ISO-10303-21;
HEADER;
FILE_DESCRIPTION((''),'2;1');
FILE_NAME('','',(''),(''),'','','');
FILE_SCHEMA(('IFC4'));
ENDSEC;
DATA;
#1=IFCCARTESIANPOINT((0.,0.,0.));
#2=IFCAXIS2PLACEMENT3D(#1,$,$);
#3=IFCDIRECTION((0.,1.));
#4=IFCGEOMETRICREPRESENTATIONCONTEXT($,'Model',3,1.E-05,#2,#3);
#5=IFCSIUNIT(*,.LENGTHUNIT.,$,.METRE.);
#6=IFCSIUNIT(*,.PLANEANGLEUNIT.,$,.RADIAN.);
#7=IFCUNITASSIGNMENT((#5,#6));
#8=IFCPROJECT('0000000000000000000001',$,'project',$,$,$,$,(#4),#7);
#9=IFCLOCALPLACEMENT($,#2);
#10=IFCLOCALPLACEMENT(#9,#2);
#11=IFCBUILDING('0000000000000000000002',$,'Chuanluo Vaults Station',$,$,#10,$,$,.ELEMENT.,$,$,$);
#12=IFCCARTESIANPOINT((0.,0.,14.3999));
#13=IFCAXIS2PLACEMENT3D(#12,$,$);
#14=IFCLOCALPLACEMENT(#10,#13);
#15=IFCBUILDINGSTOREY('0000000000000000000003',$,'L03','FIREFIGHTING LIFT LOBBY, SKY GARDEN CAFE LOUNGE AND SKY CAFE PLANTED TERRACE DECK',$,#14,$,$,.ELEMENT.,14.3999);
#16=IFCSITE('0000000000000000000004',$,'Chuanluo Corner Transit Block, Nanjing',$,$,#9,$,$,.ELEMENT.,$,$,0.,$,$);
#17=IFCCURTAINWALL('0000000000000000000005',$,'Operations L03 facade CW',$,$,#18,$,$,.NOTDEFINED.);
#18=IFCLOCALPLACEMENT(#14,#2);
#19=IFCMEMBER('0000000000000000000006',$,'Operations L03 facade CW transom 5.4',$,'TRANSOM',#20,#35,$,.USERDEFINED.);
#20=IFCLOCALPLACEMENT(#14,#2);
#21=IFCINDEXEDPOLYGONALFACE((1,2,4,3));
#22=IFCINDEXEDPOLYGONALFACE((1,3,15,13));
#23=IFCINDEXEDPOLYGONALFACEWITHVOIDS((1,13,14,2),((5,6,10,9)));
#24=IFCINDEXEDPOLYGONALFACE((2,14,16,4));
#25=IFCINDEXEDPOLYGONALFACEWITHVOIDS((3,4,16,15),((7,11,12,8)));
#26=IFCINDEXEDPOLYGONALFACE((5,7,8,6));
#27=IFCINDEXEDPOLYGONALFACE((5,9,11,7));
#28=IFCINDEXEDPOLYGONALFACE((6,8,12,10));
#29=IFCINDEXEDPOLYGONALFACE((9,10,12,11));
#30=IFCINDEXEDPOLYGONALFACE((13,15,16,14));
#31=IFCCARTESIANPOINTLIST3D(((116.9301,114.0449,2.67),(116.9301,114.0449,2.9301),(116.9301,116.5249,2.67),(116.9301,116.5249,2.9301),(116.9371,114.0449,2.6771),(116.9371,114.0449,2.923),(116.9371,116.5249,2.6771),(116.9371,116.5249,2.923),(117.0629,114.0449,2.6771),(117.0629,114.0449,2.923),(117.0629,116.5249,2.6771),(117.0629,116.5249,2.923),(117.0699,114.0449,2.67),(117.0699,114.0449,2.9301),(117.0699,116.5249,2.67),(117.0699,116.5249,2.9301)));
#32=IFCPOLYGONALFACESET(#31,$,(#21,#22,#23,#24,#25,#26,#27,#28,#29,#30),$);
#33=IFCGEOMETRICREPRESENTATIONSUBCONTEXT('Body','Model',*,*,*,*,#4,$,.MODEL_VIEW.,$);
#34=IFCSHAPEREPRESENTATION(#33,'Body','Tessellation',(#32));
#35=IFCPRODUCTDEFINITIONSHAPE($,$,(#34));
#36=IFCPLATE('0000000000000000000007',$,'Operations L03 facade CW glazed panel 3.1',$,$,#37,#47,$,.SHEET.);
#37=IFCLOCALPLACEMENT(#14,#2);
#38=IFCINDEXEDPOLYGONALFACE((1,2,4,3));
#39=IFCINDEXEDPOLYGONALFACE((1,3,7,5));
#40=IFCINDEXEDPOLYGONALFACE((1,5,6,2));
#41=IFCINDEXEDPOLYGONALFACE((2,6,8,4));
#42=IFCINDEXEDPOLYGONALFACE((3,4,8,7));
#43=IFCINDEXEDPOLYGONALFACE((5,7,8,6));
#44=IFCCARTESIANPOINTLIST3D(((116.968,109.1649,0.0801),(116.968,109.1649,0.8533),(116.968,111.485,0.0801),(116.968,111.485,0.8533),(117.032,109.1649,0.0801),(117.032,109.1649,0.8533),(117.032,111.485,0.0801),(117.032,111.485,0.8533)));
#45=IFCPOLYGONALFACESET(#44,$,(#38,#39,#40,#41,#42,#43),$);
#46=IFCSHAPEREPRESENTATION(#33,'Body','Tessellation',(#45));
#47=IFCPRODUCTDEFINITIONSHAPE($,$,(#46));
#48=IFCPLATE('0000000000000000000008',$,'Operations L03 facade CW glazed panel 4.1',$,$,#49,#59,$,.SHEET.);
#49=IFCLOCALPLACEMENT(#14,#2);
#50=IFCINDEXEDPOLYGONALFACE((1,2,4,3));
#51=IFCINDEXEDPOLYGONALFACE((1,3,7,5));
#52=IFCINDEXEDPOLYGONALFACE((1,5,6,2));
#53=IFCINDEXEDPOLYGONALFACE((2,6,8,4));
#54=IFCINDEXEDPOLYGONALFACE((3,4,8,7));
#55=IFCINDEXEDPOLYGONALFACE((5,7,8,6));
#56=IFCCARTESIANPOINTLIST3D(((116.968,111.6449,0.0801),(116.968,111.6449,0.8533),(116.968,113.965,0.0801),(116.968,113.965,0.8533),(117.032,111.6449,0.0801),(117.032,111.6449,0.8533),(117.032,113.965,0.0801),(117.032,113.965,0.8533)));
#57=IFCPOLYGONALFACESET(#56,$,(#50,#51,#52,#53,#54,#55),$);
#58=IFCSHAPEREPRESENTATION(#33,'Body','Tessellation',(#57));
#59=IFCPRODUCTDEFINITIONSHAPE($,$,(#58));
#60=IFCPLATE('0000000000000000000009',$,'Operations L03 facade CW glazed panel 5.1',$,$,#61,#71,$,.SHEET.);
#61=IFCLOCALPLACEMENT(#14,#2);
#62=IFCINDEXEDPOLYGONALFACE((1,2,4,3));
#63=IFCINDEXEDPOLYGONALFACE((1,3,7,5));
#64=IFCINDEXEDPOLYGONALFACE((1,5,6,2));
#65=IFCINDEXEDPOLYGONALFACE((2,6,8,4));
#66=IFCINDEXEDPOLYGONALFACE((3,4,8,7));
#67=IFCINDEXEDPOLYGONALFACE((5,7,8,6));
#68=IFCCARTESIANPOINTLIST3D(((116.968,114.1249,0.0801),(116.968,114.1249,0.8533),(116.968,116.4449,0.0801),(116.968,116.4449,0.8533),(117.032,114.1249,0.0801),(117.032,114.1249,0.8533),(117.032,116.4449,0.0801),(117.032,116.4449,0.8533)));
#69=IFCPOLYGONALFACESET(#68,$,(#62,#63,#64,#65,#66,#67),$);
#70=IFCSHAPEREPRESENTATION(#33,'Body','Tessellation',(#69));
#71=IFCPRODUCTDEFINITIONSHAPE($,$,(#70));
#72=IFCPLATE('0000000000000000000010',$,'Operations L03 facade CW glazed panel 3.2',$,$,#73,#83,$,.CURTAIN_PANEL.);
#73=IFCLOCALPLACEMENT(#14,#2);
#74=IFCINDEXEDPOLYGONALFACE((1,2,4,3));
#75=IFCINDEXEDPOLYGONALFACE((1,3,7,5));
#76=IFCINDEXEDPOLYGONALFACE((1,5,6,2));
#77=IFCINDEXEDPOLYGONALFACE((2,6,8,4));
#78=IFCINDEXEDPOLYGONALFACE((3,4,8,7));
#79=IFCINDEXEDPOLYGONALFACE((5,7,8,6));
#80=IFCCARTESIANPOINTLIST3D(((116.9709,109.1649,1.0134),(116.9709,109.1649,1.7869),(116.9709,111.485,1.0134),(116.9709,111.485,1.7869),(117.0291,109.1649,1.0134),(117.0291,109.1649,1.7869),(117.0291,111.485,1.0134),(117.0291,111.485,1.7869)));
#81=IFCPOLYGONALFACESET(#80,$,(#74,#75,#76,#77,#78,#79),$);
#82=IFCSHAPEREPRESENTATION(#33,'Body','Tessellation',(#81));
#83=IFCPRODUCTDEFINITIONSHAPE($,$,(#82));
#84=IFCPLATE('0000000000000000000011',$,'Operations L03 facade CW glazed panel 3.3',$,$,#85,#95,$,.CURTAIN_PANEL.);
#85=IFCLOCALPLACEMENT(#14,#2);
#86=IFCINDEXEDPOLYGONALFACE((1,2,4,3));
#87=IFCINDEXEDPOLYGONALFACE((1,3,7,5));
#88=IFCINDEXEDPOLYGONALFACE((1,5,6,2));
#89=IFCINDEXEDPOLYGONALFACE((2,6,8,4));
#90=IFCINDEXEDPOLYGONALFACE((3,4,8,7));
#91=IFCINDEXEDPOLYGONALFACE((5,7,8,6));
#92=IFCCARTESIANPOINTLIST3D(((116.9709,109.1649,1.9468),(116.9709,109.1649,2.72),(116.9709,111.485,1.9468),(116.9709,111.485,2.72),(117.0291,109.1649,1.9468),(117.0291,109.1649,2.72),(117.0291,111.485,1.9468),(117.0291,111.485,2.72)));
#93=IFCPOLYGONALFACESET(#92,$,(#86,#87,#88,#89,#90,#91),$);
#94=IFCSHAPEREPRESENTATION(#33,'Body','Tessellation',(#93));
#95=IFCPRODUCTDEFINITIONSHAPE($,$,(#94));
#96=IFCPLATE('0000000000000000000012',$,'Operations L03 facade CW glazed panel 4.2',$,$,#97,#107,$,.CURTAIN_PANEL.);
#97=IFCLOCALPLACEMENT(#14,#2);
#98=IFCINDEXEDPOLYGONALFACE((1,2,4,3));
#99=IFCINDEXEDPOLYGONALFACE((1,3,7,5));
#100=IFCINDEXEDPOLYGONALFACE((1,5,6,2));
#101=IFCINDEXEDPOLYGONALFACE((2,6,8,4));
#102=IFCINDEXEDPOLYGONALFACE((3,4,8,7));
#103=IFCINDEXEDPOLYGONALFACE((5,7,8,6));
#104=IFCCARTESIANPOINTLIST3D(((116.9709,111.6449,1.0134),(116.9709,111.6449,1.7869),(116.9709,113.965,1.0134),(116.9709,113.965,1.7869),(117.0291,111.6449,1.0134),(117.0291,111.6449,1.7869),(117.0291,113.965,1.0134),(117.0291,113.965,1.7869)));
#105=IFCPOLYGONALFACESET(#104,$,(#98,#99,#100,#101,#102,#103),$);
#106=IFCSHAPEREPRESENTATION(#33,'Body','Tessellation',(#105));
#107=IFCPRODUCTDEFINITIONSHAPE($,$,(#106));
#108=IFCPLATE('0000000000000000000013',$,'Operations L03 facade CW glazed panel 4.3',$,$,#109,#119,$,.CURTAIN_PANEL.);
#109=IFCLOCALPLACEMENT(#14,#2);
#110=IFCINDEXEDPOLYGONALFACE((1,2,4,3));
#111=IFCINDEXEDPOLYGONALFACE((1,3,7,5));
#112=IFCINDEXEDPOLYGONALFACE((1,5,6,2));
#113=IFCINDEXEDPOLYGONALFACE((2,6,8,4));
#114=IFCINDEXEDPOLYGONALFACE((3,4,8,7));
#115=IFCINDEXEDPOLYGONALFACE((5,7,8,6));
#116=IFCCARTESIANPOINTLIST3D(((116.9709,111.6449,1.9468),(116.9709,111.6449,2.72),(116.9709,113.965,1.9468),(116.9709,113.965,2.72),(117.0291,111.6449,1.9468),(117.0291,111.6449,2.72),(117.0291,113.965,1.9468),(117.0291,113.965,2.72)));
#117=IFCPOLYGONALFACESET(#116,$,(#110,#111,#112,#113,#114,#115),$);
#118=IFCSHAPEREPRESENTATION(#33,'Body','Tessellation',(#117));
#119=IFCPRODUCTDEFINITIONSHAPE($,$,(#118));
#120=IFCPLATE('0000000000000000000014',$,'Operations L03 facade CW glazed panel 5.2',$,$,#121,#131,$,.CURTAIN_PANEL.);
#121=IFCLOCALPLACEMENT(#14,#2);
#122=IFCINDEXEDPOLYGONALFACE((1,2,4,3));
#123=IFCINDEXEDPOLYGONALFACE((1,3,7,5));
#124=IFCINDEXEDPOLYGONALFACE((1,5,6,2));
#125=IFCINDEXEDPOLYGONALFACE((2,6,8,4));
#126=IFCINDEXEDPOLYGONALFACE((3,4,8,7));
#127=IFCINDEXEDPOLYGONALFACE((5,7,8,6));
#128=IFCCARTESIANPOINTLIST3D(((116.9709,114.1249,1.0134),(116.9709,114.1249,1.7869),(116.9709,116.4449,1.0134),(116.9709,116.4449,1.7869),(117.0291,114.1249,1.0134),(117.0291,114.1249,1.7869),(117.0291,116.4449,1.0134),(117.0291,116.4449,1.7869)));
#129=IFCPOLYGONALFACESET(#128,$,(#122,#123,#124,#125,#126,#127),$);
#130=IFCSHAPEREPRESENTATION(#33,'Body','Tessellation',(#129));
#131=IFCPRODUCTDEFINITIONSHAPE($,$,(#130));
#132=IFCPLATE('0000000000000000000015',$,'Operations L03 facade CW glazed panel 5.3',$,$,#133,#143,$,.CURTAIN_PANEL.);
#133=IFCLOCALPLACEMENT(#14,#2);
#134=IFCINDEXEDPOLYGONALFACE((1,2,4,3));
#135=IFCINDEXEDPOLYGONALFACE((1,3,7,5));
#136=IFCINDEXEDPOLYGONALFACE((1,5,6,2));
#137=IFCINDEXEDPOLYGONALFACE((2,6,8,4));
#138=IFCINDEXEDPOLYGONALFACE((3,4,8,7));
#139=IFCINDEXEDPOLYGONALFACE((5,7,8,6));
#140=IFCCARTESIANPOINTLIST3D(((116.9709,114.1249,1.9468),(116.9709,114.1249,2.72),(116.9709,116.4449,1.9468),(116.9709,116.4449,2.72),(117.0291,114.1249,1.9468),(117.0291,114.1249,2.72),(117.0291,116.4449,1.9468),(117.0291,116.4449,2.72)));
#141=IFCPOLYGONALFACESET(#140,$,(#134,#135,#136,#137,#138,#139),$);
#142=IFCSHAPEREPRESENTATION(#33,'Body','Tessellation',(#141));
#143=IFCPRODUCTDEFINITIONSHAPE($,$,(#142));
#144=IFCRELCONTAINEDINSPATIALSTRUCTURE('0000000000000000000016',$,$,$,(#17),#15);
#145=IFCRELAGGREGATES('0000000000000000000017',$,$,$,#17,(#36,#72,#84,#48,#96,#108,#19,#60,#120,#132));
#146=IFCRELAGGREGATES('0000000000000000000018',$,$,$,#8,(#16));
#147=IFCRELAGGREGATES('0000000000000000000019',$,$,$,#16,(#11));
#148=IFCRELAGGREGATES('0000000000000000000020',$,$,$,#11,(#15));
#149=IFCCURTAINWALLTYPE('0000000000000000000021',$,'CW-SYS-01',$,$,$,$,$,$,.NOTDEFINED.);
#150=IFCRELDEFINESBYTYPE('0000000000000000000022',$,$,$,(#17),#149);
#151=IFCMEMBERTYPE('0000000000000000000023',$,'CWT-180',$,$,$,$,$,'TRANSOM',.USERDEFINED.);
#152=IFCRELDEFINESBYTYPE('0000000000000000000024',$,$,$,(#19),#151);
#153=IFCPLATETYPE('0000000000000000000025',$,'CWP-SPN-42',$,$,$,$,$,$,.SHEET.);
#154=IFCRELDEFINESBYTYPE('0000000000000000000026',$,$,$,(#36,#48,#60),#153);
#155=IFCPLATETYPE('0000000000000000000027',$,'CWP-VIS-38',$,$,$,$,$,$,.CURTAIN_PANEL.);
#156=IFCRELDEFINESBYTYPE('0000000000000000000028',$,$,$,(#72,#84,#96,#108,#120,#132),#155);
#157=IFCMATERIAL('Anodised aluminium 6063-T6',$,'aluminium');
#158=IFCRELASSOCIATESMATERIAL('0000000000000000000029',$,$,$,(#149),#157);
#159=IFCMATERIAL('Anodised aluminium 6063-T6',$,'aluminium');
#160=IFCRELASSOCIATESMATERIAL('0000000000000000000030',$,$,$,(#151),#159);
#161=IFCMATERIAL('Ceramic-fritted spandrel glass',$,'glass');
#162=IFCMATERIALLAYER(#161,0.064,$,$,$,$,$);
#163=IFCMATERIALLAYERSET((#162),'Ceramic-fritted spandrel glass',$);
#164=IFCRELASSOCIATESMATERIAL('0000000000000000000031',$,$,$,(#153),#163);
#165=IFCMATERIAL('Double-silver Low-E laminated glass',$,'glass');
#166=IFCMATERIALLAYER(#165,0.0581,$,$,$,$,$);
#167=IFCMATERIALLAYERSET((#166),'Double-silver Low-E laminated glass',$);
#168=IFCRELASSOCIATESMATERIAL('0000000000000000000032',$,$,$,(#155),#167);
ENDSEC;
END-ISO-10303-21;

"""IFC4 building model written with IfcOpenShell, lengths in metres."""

from ifc_helpers import new_model, si_unit, direction, frame, origin, origin_2d, place, context, subcontext, project, spatial, rectangle, hollow_rectangle, extrude, material, layer, layer_set, material_profile, profile_set, type_object, element, aggregate, save


model = new_model("IFC4")

# Units and contexts
model_context = context("Model", 3, precision=1e-05, world=origin(), true_north=direction((0.0, 1.0)))
body_context = subcontext(model_context, "Body", "Model", "MODEL_VIEW")
ifc_project = project(units=[si_unit("LENGTHUNIT", "METRE"), si_unit("PLANEANGLEUNIT", "RADIAN")], contexts=[model_context])

# Site, building, storey
site_placement = place(None, origin())
site = spatial("IfcSite", under=ifc_project, at=site_placement, Name="Chuanluo Corner Transit Block, Nanjing", CompositionType="ELEMENT", RefElevation=0.0)
building_placement = place(site_placement, origin())
building = spatial("IfcBuilding", under=site, at=building_placement, Name="Chuanluo Vaults Station", CompositionType="ELEMENT")
storey_placement = place(building_placement, frame((0.0, 0.0, 14.3999)))
storey = spatial("IfcBuildingStorey", under=building, at=storey_placement, Name="L03", Description="FIREFIGHTING LIFT LOBBY, SKY GARDEN CAFE LOUNGE AND SKY CAFE PLANTED TERRACE DECK", CompositionType="ELEMENT", Elevation=14.3999)

# Curtain wall, member, plates
ifc_material_1 = material(Name="Anodised aluminium 6063-T6", Category="aluminium")
curtain_wall_type = type_object("IfcCurtainWallType", Name="CW-SYS-01", PredefinedType="NOTDEFINED", material=ifc_material_1)
curtain_wall_placement = place(storey_placement, origin())
curtain_wall = element("IfcCurtainWall", 1, at=curtain_wall_placement, inside=storey, type_object=curtain_wall_type, Name="Operations L03 facade CW", PredefinedType="NOTDEFINED")
ifc_material_2 = material(Name="Anodised aluminium 6063-T6", Category="aluminium")
ifc_material_profile_1 = material_profile(ifc_material_2, hollow_rectangle(XDim=0.1399, YDim=0.26, WallThickness=0.0071, at=origin_2d()))
ifc_profile_set_1 = profile_set([ifc_material_profile_1], Name="Anodised aluminium 6063-T6")
member_type_1 = type_object("IfcMemberType", Name="CWT-180", ElementType="TRANSOM", PredefinedType="USERDEFINED", material=ifc_profile_set_1)
member_1_placement = place(storey_placement, frame((117.0, 114.0449, 2.8), z_axis=(0.0, 1.0, 0.0), x_axis=(-1.0, 0.0, 0.0)))
member_1 = element("IfcMember", 2, at=member_1_placement, type_object=member_type_1, Name="Operations L03 facade CW transom 5.4", ObjectType="TRANSOM", PredefinedType="USERDEFINED", context=body_context, shape_type="SweptSolid", body=[
    extrude(hollow_rectangle(XDim=0.1399, YDim=0.26, WallThickness=0.0071, at=origin_2d()), origin(), (0.0, 0.0, 1.0), 2.48),
])
ifc_material_3 = material(Name="Ceramic-fritted spandrel glass", Category="glass")
ifc_layer_1 = layer(ifc_material_3, 0.064)
ifc_layer_set_1 = layer_set([ifc_layer_1], Name="Ceramic-fritted spandrel glass")
plate_type_1 = type_object("IfcPlateType", Name="CWP-SPN-42", PredefinedType="SHEET", material=ifc_layer_set_1)
plate_1_placement = place(storey_placement, frame((117.0, 110.325, 0.0801), z_axis=(0.0, 0.0, 1.0), x_axis=(0.0, 1.0, 0.0)))
plate_1 = element("IfcPlate", 3, at=plate_1_placement, type_object=plate_type_1, Name="Operations L03 facade CW glazed panel 3.1", PredefinedType="SHEET", context=body_context, shape_type="SweptSolid", body=[
    extrude(rectangle(XDim=2.3201, YDim=0.064, at=origin_2d()), origin(), (0.0, 0.0, 1.0), 0.7732),
])
plate_2_placement = place(storey_placement, frame((117.0, 112.8049, 0.0801), z_axis=(0.0, 0.0, 1.0), x_axis=(0.0, 1.0, 0.0)))
plate_2 = element("IfcPlate", 4, at=plate_2_placement, type_object=plate_type_1, Name="Operations L03 facade CW glazed panel 4.1", PredefinedType="SHEET", context=body_context, shape_type="SweptSolid", body=[
    extrude(rectangle(XDim=2.3201, YDim=0.064, at=origin_2d()), origin(), (0.0, 0.0, 1.0), 0.7732),
])
plate_3_placement = place(storey_placement, frame((117.0, 115.2849, 0.0801), z_axis=(0.0, 0.0, 1.0), x_axis=(0.0, 1.0, 0.0)))
plate_3 = element("IfcPlate", 5, at=plate_3_placement, type_object=plate_type_1, Name="Operations L03 facade CW glazed panel 5.1", PredefinedType="SHEET", context=body_context, shape_type="SweptSolid", body=[
    extrude(rectangle(XDim=2.3201, YDim=0.064, at=origin_2d()), origin(), (0.0, 0.0, 1.0), 0.7732),
])
ifc_material_4 = material(Name="Double-silver Low-E laminated glass", Category="glass")
ifc_layer_2 = layer(ifc_material_4, 0.0581)
ifc_layer_set_2 = layer_set([ifc_layer_2], Name="Double-silver Low-E laminated glass")
plate_type_2 = type_object("IfcPlateType", Name="CWP-VIS-38", PredefinedType="CURTAIN_PANEL", material=ifc_layer_set_2)
plate_4_placement = place(storey_placement, frame((117.0, 110.325, 1.0134), z_axis=(0.0, 0.0, 1.0), x_axis=(0.0, 1.0, 0.0)))
plate_4 = element("IfcPlate", 6, at=plate_4_placement, type_object=plate_type_2, Name="Operations L03 facade CW glazed panel 3.2", PredefinedType="CURTAIN_PANEL", context=body_context, shape_type="SweptSolid", body=[
    extrude(rectangle(XDim=2.3201, YDim=0.0581, at=origin_2d()), origin(), (0.0, 0.0, 1.0), 0.7734),
])
plate_5_placement = place(storey_placement, frame((117.0, 110.325, 1.9468), z_axis=(0.0, 0.0, 1.0), x_axis=(0.0, 1.0, 0.0)))
plate_5 = element("IfcPlate", 7, at=plate_5_placement, type_object=plate_type_2, Name="Operations L03 facade CW glazed panel 3.3", PredefinedType="CURTAIN_PANEL", context=body_context, shape_type="SweptSolid", body=[
    extrude(rectangle(XDim=2.3201, YDim=0.0581, at=origin_2d()), origin(), (0.0, 0.0, 1.0), 0.7732),
])
plate_6_placement = place(storey_placement, frame((117.0, 112.8049, 1.0134), z_axis=(0.0, 0.0, 1.0), x_axis=(0.0, 1.0, 0.0)))
plate_6 = element("IfcPlate", 8, at=plate_6_placement, type_object=plate_type_2, Name="Operations L03 facade CW glazed panel 4.2", PredefinedType="CURTAIN_PANEL", context=body_context, shape_type="SweptSolid", body=[
    extrude(rectangle(XDim=2.3201, YDim=0.0581, at=origin_2d()), origin(), (0.0, 0.0, 1.0), 0.7734),
])
plate_7_placement = place(storey_placement, frame((117.0, 112.8049, 1.9468), z_axis=(0.0, 0.0, 1.0), x_axis=(0.0, 1.0, 0.0)))
plate_7 = element("IfcPlate", 9, at=plate_7_placement, type_object=plate_type_2, Name="Operations L03 facade CW glazed panel 4.3", PredefinedType="CURTAIN_PANEL", context=body_context, shape_type="SweptSolid", body=[
    extrude(rectangle(XDim=2.3201, YDim=0.0581, at=origin_2d()), origin(), (0.0, 0.0, 1.0), 0.7732),
])
plate_8_placement = place(storey_placement, frame((117.0, 115.2849, 1.0134), z_axis=(0.0, 0.0, 1.0), x_axis=(0.0, 1.0, 0.0)))
plate_8 = element("IfcPlate", 10, at=plate_8_placement, type_object=plate_type_2, Name="Operations L03 facade CW glazed panel 5.2", PredefinedType="CURTAIN_PANEL", context=body_context, shape_type="SweptSolid", body=[
    extrude(rectangle(XDim=2.3201, YDim=0.0581, at=origin_2d()), origin(), (0.0, 0.0, 1.0), 0.7734),
])
plate_9_placement = place(storey_placement, frame((117.0, 115.2849, 1.9468), z_axis=(0.0, 0.0, 1.0), x_axis=(0.0, 1.0, 0.0)))
plate_9 = element("IfcPlate", 11, at=plate_9_placement, type_object=plate_type_2, Name="Operations L03 facade CW glazed panel 5.3", PredefinedType="CURTAIN_PANEL", context=body_context, shape_type="SweptSolid", body=[
    extrude(rectangle(XDim=2.3201, YDim=0.0581, at=origin_2d()), origin(), (0.0, 0.0, 1.0), 0.7732),
])
aggregate(curtain_wall, [plate_1, plate_4, plate_5, plate_2, plate_6, plate_7, member_1, plate_3, plate_8, plate_9])

save(model, "model.ifc")
